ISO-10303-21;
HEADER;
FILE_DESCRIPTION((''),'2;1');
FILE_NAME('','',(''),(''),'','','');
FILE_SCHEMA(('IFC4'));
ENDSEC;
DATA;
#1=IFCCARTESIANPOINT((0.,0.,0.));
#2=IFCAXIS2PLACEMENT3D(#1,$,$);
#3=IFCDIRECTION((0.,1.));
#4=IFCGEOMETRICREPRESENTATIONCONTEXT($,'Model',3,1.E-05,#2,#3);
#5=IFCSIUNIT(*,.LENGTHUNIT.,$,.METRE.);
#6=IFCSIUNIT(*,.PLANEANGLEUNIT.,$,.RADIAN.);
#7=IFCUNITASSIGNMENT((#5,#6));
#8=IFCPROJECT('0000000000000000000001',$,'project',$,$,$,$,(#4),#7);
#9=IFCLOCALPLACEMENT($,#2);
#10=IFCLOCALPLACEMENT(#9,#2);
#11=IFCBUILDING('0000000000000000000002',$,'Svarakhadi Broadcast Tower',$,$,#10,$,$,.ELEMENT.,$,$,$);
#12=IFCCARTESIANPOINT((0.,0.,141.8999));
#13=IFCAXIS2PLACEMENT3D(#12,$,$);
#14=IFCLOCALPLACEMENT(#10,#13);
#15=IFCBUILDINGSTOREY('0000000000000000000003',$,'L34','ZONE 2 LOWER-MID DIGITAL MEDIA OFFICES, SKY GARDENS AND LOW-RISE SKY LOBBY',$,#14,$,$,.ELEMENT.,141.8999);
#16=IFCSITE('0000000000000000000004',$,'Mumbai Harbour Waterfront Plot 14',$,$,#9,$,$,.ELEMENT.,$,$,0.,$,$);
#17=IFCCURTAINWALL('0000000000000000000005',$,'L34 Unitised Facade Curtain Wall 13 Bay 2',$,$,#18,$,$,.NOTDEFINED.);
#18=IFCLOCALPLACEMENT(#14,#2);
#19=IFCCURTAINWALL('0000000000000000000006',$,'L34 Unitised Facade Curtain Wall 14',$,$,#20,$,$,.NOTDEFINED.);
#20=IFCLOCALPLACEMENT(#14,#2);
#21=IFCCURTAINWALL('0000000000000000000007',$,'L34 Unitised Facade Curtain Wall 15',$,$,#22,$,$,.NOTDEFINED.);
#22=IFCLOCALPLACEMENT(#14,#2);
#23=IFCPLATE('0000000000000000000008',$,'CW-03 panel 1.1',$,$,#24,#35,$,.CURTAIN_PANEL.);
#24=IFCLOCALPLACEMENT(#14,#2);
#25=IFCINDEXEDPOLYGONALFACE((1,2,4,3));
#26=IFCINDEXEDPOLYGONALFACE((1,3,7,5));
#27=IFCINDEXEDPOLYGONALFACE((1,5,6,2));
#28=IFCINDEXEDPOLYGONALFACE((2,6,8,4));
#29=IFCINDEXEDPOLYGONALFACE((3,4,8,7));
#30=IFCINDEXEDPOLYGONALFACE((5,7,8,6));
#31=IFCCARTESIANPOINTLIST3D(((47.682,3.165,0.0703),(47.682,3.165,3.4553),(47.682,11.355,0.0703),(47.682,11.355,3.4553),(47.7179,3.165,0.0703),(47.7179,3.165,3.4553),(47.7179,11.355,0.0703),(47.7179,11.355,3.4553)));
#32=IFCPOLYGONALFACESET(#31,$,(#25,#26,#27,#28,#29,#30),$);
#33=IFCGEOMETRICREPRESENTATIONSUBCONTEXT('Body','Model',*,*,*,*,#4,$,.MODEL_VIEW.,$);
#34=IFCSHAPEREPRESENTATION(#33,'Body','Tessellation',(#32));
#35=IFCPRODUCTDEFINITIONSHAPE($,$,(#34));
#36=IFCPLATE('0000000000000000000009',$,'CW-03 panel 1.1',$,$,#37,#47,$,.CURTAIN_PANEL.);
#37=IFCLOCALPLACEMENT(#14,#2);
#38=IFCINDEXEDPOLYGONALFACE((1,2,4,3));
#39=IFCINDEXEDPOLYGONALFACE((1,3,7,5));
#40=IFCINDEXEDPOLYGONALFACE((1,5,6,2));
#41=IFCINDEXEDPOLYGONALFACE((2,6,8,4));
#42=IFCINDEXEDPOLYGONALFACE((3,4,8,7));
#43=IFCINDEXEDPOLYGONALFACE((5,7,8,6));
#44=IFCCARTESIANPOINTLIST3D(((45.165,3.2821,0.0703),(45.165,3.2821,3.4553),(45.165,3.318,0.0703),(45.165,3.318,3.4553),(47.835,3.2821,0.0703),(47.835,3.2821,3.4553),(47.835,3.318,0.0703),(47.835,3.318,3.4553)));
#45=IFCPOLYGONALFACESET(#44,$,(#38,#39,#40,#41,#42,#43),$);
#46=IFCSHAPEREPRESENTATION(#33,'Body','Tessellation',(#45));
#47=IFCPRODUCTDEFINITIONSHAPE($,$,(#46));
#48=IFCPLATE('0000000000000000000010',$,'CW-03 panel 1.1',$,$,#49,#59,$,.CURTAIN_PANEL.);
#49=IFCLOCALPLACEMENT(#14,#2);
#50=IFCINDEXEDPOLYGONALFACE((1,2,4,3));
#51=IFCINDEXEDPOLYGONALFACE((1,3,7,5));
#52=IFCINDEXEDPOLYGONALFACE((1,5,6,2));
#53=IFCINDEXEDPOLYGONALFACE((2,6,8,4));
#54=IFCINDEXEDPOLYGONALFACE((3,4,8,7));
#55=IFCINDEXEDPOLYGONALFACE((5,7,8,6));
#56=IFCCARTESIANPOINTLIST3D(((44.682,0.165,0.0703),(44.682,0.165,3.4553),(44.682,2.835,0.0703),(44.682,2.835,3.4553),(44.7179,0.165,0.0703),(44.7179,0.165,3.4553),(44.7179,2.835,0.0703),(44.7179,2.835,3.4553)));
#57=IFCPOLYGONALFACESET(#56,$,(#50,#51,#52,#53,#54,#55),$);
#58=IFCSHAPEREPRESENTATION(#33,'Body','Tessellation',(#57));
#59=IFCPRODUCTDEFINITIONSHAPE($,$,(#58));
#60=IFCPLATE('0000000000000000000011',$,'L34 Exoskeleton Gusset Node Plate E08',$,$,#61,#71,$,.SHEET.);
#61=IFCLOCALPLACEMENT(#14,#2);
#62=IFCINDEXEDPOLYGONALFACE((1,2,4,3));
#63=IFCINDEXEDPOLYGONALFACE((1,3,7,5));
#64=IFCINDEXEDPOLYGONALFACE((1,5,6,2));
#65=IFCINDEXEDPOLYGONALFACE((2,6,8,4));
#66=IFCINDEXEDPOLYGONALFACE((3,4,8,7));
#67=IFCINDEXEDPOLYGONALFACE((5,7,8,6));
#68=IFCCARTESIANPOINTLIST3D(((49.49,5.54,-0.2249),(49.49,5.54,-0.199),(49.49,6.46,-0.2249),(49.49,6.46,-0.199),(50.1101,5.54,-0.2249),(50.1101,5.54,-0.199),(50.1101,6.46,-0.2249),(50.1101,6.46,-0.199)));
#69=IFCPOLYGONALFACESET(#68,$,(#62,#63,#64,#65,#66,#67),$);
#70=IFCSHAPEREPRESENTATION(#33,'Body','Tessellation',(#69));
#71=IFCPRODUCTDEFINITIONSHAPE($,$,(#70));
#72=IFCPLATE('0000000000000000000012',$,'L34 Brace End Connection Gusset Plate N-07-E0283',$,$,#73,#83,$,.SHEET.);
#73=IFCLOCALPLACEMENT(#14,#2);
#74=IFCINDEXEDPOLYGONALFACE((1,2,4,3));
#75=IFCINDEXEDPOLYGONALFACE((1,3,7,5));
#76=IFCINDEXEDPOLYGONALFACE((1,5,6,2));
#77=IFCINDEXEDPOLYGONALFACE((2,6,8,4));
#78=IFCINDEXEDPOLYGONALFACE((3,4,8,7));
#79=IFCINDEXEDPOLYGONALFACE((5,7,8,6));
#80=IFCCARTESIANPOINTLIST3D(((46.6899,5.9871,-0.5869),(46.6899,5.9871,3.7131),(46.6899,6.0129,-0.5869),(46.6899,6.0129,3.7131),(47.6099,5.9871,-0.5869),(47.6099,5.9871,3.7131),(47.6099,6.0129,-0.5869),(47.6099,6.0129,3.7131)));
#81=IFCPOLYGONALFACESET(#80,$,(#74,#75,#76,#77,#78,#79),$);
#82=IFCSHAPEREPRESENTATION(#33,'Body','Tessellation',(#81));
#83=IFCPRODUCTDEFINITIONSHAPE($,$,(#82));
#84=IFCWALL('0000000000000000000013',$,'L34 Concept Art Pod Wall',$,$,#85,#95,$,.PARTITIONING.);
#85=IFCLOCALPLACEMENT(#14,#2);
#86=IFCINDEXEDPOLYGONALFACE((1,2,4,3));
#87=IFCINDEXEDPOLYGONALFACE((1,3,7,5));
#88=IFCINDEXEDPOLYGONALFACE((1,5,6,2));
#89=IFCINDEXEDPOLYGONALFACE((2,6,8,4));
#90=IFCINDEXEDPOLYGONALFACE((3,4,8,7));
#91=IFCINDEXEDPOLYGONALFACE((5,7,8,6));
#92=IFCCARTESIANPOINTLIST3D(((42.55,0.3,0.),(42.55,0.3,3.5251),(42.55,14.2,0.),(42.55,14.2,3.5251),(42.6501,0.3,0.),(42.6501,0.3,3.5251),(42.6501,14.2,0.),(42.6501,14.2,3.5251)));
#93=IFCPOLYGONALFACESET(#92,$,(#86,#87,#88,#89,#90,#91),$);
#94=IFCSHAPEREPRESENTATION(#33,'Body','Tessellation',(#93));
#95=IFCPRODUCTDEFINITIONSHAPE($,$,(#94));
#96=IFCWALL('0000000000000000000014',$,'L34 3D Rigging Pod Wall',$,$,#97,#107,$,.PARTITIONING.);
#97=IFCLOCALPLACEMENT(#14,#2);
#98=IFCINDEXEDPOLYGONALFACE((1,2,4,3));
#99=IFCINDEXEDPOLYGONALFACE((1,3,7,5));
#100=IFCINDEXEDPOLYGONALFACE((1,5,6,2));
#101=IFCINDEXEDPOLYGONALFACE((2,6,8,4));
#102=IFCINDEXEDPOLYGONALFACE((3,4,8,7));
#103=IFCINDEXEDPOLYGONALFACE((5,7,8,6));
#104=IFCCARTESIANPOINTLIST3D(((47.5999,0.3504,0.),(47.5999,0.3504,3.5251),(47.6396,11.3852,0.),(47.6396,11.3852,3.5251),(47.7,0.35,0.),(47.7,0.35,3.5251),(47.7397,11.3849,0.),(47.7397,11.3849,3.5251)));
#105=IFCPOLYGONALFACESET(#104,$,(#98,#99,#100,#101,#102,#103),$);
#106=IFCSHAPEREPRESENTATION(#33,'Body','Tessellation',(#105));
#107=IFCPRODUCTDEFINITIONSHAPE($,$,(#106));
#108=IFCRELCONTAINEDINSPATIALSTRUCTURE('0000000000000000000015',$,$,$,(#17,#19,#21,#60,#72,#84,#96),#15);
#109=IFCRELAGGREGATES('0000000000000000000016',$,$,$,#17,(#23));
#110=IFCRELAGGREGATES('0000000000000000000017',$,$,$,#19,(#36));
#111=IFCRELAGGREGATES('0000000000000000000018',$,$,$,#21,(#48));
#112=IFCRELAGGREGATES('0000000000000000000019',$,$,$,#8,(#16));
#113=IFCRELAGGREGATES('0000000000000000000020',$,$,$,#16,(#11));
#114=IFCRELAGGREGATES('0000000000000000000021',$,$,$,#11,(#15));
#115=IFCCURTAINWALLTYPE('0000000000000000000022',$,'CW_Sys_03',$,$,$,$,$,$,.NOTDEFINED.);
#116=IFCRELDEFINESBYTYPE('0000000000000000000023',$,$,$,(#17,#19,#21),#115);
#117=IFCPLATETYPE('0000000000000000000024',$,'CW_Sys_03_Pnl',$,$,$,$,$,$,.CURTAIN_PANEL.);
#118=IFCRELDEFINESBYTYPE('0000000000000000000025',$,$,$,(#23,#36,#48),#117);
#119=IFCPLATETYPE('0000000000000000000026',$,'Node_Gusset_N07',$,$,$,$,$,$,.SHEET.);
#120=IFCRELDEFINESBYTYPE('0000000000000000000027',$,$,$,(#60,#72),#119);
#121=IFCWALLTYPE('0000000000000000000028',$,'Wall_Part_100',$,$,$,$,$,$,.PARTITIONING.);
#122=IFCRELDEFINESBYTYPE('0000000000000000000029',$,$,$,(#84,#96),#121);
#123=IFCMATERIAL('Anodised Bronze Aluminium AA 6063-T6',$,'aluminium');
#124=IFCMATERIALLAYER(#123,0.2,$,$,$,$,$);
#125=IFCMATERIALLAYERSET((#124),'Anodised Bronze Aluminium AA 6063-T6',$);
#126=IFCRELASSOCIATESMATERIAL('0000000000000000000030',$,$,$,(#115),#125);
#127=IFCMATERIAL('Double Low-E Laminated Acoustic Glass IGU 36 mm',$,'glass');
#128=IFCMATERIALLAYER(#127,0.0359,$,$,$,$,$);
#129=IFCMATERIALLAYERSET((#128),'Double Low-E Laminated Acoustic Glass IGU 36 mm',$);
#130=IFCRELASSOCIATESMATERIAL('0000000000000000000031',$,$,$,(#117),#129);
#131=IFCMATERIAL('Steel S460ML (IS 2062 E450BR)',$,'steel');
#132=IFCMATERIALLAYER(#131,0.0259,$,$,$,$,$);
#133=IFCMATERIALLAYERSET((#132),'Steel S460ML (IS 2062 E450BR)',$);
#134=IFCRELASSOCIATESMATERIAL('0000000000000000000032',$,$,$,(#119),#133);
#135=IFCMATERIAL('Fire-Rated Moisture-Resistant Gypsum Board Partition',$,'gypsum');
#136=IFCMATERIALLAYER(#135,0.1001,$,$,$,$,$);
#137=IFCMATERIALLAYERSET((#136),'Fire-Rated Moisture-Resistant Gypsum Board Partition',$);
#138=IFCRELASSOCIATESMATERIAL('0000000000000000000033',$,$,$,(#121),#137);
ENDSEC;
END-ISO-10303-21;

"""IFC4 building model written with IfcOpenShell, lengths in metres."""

from ifc_helpers import new_model, si_unit, direction, frame, frame_2d, origin, origin_2d, place, context, subcontext, project, spatial, rectangle, extrude, material, layer, layer_set, type_object, element, aggregate, save


model = new_model("IFC4")

# Units and contexts
model_context = context("Model", 3, precision=1e-05, world=origin(), true_north=direction((0.0, 1.0)))
body_context = subcontext(model_context, "Body", "Model", "MODEL_VIEW")
ifc_project = project(units=[si_unit("LENGTHUNIT", "METRE"), si_unit("PLANEANGLEUNIT", "RADIAN")], contexts=[model_context])

# Site, building, storey
site_placement = place(None, origin())
site = spatial("IfcSite", under=ifc_project, at=site_placement, Name="Mumbai Harbour Waterfront Plot 14", CompositionType="ELEMENT", RefElevation=0.0)
building_placement = place(site_placement, origin())
building = spatial("IfcBuilding", under=site, at=building_placement, Name="Svarakhadi Broadcast Tower", CompositionType="ELEMENT")
storey_placement = place(building_placement, frame((0.0, 0.0, 141.8999)))
storey = spatial("IfcBuildingStorey", under=building, at=storey_placement, Name="L34", Description="ZONE 2 LOWER-MID DIGITAL MEDIA OFFICES, SKY GARDENS AND LOW-RISE SKY LOBBY", CompositionType="ELEMENT", Elevation=141.8999)

# Shared definitions
ifc_material_1 = material(Name="Steel S460ML (IS 2062 E450BR)", Category="steel")

# Curtain walls
ifc_material_2 = material(Name="Anodised Bronze Aluminium AA 6063-T6", Category="aluminium")
ifc_layer_1 = layer(ifc_material_2, 0.2)
ifc_layer_set_1 = layer_set([ifc_layer_1], Name="Anodised Bronze Aluminium AA 6063-T6")
curtain_wall_type = type_object("IfcCurtainWallType", Name="CW_Sys_03", PredefinedType="NOTDEFINED", material=ifc_layer_set_1)
curtain_wall_1_placement = place(storey_placement, origin())
curtain_wall_1 = element("IfcCurtainWall", 1, at=curtain_wall_1_placement, inside=storey, type_object=curtain_wall_type, Name="L34 Unitised Facade Curtain Wall 13 Bay 2", PredefinedType="NOTDEFINED")
curtain_wall_2_placement = place(storey_placement, origin())
curtain_wall_2 = element("IfcCurtainWall", 2, at=curtain_wall_2_placement, inside=storey, type_object=curtain_wall_type, Name="L34 Unitised Facade Curtain Wall 14", PredefinedType="NOTDEFINED")
curtain_wall_3_placement = place(storey_placement, origin())
curtain_wall_3 = element("IfcCurtainWall", 3, at=curtain_wall_3_placement, inside=storey, type_object=curtain_wall_type, Name="L34 Unitised Facade Curtain Wall 15", PredefinedType="NOTDEFINED")

# Plates
ifc_material_3 = material(Name="Double Low-E Laminated Acoustic Glass IGU 36 mm", Category="glass")
ifc_layer_2 = layer(ifc_material_3, 0.0359)
ifc_layer_set_2 = layer_set([ifc_layer_2], Name="Double Low-E Laminated Acoustic Glass IGU 36 mm")
plate_type_1 = type_object("IfcPlateType", Name="CW_Sys_03_Pnl", PredefinedType="CURTAIN_PANEL", material=ifc_layer_set_2)
plate_1_placement = place(storey_placement, frame((47.7, 7.26, 0.0703), z_axis=(0.0, 0.0, 1.0), x_axis=(0.0, -1.0, 0.0)))
plate_1 = element("IfcPlate", 4, at=plate_1_placement, type_object=plate_type_1, Name="CW-03 panel 1.1", PredefinedType="CURTAIN_PANEL", context=body_context, shape_type="SweptSolid", body=[
    extrude(rectangle(XDim=8.1899, YDim=0.0359, at=origin_2d()), origin(), (0.0, 0.0, 1.0), 3.385),
])
aggregate(curtain_wall_1, [plate_1])
plate_2_placement = place(storey_placement, frame((46.5, 3.3, 0.0703), z_axis=(0.0, 0.0, 1.0), x_axis=(-1.0, 0.0, 0.0)))
plate_2 = element("IfcPlate", 5, at=plate_2_placement, type_object=plate_type_1, Name="CW-03 panel 1.1", PredefinedType="CURTAIN_PANEL", context=body_context, shape_type="SweptSolid", body=[
    extrude(rectangle(XDim=2.6699, YDim=0.0359, at=origin_2d()), origin(), (0.0, 0.0, 1.0), 3.385),
])
aggregate(curtain_wall_2, [plate_2])
plate_3_placement = place(storey_placement, frame((44.7, 1.5, 0.0703), z_axis=(0.0, 0.0, 1.0), x_axis=(0.0, -1.0, 0.0)))
plate_3 = element("IfcPlate", 6, at=plate_3_placement, type_object=plate_type_1, Name="CW-03 panel 1.1", PredefinedType="CURTAIN_PANEL", context=body_context, shape_type="SweptSolid", body=[
    extrude(rectangle(XDim=2.6699, YDim=0.0359, at=origin_2d()), origin(), (0.0, 0.0, 1.0), 3.385),
])
aggregate(curtain_wall_3, [plate_3])

# Plates
ifc_layer_3 = layer(ifc_material_1, 0.0259)
ifc_layer_set_3 = layer_set([ifc_layer_3], Name="Steel S460ML (IS 2062 E450BR)")
plate_type_2 = type_object("IfcPlateType", Name="Node_Gusset_N07", PredefinedType="SHEET", material=ifc_layer_set_3)
plate_4_placement = place(storey_placement, frame((49.8, 6.0, -0.2249), z_axis=(0.0, 0.0, 1.0), x_axis=(0.0, 1.0, 0.0)))
element("IfcPlate", 7, at=plate_4_placement, inside=storey, type_object=plate_type_2, Name="L34 Exoskeleton Gusset Node Plate E08", PredefinedType="SHEET", context=body_context, shape_type="SweptSolid", body=[
    extrude(rectangle(XDim=0.9199, YDim=0.6201, at=origin_2d()), origin(), (0.0, 0.0, 1.0), 0.0259),
])
plate_5_placement = place(storey_placement, frame((47.1499, 6.0, -0.5869), z_axis=(0.0, 0.0, 1.0), x_axis=(1.0, 0.0, 0.0)))
element("IfcPlate", 8, at=plate_5_placement, inside=storey, type_object=plate_type_2, Name="L34 Brace End Connection Gusset Plate N-07-E0283", PredefinedType="SHEET", context=body_context, shape_type="SweptSolid", body=[
    extrude(rectangle(XDim=0.9199, YDim=0.0259, at=origin_2d()), origin(), (0.0, 0.0, 1.0), 4.3),
])

# Walls
ifc_material_4 = material(Name="Fire-Rated Moisture-Resistant Gypsum Board Partition", Category="gypsum")
ifc_layer_4 = layer(ifc_material_4, 0.1001)
ifc_layer_set_4 = layer_set([ifc_layer_4], Name="Fire-Rated Moisture-Resistant Gypsum Board Partition")
wall_type = type_object("IfcWallType", Name="Wall_Part_100", PredefinedType="PARTITIONING", material=ifc_layer_set_4)
wall_1_placement = place(storey_placement, frame((42.6001, 0.3, 0.0), z_axis=(0.0, 0.0, 1.0), x_axis=(0.0, 1.0, 0.0)))
element("IfcWall", 9, at=wall_1_placement, inside=storey, type_object=wall_type, Name="L34 Concept Art Pod Wall", PredefinedType="PARTITIONING", context=body_context, shape_type="SweptSolid", body=[
    extrude(rectangle(XDim=13.8999, YDim=0.1001, at=frame_2d((6.95, 0.0))), origin(), (0.0, 0.0, 1.0), 3.5251),
])
wall_2_placement = place(storey_placement, frame((47.6499, 0.3501, 0.0), z_axis=(0.0, 0.0, 1.0), x_axis=(0.003606, 0.999993, 0.0)))
element("IfcWall", 10, at=wall_2_placement, inside=storey, type_object=wall_type, Name="L34 3D Rigging Pod Wall", PredefinedType="PARTITIONING", context=body_context, shape_type="SweptSolid", body=[
    extrude(rectangle(XDim=11.0349, YDim=0.1001, at=frame_2d((5.5176, 0.0))), origin(), (0.0, 0.0, 1.0), 3.5251),
])

save(model, "model.ifc")
